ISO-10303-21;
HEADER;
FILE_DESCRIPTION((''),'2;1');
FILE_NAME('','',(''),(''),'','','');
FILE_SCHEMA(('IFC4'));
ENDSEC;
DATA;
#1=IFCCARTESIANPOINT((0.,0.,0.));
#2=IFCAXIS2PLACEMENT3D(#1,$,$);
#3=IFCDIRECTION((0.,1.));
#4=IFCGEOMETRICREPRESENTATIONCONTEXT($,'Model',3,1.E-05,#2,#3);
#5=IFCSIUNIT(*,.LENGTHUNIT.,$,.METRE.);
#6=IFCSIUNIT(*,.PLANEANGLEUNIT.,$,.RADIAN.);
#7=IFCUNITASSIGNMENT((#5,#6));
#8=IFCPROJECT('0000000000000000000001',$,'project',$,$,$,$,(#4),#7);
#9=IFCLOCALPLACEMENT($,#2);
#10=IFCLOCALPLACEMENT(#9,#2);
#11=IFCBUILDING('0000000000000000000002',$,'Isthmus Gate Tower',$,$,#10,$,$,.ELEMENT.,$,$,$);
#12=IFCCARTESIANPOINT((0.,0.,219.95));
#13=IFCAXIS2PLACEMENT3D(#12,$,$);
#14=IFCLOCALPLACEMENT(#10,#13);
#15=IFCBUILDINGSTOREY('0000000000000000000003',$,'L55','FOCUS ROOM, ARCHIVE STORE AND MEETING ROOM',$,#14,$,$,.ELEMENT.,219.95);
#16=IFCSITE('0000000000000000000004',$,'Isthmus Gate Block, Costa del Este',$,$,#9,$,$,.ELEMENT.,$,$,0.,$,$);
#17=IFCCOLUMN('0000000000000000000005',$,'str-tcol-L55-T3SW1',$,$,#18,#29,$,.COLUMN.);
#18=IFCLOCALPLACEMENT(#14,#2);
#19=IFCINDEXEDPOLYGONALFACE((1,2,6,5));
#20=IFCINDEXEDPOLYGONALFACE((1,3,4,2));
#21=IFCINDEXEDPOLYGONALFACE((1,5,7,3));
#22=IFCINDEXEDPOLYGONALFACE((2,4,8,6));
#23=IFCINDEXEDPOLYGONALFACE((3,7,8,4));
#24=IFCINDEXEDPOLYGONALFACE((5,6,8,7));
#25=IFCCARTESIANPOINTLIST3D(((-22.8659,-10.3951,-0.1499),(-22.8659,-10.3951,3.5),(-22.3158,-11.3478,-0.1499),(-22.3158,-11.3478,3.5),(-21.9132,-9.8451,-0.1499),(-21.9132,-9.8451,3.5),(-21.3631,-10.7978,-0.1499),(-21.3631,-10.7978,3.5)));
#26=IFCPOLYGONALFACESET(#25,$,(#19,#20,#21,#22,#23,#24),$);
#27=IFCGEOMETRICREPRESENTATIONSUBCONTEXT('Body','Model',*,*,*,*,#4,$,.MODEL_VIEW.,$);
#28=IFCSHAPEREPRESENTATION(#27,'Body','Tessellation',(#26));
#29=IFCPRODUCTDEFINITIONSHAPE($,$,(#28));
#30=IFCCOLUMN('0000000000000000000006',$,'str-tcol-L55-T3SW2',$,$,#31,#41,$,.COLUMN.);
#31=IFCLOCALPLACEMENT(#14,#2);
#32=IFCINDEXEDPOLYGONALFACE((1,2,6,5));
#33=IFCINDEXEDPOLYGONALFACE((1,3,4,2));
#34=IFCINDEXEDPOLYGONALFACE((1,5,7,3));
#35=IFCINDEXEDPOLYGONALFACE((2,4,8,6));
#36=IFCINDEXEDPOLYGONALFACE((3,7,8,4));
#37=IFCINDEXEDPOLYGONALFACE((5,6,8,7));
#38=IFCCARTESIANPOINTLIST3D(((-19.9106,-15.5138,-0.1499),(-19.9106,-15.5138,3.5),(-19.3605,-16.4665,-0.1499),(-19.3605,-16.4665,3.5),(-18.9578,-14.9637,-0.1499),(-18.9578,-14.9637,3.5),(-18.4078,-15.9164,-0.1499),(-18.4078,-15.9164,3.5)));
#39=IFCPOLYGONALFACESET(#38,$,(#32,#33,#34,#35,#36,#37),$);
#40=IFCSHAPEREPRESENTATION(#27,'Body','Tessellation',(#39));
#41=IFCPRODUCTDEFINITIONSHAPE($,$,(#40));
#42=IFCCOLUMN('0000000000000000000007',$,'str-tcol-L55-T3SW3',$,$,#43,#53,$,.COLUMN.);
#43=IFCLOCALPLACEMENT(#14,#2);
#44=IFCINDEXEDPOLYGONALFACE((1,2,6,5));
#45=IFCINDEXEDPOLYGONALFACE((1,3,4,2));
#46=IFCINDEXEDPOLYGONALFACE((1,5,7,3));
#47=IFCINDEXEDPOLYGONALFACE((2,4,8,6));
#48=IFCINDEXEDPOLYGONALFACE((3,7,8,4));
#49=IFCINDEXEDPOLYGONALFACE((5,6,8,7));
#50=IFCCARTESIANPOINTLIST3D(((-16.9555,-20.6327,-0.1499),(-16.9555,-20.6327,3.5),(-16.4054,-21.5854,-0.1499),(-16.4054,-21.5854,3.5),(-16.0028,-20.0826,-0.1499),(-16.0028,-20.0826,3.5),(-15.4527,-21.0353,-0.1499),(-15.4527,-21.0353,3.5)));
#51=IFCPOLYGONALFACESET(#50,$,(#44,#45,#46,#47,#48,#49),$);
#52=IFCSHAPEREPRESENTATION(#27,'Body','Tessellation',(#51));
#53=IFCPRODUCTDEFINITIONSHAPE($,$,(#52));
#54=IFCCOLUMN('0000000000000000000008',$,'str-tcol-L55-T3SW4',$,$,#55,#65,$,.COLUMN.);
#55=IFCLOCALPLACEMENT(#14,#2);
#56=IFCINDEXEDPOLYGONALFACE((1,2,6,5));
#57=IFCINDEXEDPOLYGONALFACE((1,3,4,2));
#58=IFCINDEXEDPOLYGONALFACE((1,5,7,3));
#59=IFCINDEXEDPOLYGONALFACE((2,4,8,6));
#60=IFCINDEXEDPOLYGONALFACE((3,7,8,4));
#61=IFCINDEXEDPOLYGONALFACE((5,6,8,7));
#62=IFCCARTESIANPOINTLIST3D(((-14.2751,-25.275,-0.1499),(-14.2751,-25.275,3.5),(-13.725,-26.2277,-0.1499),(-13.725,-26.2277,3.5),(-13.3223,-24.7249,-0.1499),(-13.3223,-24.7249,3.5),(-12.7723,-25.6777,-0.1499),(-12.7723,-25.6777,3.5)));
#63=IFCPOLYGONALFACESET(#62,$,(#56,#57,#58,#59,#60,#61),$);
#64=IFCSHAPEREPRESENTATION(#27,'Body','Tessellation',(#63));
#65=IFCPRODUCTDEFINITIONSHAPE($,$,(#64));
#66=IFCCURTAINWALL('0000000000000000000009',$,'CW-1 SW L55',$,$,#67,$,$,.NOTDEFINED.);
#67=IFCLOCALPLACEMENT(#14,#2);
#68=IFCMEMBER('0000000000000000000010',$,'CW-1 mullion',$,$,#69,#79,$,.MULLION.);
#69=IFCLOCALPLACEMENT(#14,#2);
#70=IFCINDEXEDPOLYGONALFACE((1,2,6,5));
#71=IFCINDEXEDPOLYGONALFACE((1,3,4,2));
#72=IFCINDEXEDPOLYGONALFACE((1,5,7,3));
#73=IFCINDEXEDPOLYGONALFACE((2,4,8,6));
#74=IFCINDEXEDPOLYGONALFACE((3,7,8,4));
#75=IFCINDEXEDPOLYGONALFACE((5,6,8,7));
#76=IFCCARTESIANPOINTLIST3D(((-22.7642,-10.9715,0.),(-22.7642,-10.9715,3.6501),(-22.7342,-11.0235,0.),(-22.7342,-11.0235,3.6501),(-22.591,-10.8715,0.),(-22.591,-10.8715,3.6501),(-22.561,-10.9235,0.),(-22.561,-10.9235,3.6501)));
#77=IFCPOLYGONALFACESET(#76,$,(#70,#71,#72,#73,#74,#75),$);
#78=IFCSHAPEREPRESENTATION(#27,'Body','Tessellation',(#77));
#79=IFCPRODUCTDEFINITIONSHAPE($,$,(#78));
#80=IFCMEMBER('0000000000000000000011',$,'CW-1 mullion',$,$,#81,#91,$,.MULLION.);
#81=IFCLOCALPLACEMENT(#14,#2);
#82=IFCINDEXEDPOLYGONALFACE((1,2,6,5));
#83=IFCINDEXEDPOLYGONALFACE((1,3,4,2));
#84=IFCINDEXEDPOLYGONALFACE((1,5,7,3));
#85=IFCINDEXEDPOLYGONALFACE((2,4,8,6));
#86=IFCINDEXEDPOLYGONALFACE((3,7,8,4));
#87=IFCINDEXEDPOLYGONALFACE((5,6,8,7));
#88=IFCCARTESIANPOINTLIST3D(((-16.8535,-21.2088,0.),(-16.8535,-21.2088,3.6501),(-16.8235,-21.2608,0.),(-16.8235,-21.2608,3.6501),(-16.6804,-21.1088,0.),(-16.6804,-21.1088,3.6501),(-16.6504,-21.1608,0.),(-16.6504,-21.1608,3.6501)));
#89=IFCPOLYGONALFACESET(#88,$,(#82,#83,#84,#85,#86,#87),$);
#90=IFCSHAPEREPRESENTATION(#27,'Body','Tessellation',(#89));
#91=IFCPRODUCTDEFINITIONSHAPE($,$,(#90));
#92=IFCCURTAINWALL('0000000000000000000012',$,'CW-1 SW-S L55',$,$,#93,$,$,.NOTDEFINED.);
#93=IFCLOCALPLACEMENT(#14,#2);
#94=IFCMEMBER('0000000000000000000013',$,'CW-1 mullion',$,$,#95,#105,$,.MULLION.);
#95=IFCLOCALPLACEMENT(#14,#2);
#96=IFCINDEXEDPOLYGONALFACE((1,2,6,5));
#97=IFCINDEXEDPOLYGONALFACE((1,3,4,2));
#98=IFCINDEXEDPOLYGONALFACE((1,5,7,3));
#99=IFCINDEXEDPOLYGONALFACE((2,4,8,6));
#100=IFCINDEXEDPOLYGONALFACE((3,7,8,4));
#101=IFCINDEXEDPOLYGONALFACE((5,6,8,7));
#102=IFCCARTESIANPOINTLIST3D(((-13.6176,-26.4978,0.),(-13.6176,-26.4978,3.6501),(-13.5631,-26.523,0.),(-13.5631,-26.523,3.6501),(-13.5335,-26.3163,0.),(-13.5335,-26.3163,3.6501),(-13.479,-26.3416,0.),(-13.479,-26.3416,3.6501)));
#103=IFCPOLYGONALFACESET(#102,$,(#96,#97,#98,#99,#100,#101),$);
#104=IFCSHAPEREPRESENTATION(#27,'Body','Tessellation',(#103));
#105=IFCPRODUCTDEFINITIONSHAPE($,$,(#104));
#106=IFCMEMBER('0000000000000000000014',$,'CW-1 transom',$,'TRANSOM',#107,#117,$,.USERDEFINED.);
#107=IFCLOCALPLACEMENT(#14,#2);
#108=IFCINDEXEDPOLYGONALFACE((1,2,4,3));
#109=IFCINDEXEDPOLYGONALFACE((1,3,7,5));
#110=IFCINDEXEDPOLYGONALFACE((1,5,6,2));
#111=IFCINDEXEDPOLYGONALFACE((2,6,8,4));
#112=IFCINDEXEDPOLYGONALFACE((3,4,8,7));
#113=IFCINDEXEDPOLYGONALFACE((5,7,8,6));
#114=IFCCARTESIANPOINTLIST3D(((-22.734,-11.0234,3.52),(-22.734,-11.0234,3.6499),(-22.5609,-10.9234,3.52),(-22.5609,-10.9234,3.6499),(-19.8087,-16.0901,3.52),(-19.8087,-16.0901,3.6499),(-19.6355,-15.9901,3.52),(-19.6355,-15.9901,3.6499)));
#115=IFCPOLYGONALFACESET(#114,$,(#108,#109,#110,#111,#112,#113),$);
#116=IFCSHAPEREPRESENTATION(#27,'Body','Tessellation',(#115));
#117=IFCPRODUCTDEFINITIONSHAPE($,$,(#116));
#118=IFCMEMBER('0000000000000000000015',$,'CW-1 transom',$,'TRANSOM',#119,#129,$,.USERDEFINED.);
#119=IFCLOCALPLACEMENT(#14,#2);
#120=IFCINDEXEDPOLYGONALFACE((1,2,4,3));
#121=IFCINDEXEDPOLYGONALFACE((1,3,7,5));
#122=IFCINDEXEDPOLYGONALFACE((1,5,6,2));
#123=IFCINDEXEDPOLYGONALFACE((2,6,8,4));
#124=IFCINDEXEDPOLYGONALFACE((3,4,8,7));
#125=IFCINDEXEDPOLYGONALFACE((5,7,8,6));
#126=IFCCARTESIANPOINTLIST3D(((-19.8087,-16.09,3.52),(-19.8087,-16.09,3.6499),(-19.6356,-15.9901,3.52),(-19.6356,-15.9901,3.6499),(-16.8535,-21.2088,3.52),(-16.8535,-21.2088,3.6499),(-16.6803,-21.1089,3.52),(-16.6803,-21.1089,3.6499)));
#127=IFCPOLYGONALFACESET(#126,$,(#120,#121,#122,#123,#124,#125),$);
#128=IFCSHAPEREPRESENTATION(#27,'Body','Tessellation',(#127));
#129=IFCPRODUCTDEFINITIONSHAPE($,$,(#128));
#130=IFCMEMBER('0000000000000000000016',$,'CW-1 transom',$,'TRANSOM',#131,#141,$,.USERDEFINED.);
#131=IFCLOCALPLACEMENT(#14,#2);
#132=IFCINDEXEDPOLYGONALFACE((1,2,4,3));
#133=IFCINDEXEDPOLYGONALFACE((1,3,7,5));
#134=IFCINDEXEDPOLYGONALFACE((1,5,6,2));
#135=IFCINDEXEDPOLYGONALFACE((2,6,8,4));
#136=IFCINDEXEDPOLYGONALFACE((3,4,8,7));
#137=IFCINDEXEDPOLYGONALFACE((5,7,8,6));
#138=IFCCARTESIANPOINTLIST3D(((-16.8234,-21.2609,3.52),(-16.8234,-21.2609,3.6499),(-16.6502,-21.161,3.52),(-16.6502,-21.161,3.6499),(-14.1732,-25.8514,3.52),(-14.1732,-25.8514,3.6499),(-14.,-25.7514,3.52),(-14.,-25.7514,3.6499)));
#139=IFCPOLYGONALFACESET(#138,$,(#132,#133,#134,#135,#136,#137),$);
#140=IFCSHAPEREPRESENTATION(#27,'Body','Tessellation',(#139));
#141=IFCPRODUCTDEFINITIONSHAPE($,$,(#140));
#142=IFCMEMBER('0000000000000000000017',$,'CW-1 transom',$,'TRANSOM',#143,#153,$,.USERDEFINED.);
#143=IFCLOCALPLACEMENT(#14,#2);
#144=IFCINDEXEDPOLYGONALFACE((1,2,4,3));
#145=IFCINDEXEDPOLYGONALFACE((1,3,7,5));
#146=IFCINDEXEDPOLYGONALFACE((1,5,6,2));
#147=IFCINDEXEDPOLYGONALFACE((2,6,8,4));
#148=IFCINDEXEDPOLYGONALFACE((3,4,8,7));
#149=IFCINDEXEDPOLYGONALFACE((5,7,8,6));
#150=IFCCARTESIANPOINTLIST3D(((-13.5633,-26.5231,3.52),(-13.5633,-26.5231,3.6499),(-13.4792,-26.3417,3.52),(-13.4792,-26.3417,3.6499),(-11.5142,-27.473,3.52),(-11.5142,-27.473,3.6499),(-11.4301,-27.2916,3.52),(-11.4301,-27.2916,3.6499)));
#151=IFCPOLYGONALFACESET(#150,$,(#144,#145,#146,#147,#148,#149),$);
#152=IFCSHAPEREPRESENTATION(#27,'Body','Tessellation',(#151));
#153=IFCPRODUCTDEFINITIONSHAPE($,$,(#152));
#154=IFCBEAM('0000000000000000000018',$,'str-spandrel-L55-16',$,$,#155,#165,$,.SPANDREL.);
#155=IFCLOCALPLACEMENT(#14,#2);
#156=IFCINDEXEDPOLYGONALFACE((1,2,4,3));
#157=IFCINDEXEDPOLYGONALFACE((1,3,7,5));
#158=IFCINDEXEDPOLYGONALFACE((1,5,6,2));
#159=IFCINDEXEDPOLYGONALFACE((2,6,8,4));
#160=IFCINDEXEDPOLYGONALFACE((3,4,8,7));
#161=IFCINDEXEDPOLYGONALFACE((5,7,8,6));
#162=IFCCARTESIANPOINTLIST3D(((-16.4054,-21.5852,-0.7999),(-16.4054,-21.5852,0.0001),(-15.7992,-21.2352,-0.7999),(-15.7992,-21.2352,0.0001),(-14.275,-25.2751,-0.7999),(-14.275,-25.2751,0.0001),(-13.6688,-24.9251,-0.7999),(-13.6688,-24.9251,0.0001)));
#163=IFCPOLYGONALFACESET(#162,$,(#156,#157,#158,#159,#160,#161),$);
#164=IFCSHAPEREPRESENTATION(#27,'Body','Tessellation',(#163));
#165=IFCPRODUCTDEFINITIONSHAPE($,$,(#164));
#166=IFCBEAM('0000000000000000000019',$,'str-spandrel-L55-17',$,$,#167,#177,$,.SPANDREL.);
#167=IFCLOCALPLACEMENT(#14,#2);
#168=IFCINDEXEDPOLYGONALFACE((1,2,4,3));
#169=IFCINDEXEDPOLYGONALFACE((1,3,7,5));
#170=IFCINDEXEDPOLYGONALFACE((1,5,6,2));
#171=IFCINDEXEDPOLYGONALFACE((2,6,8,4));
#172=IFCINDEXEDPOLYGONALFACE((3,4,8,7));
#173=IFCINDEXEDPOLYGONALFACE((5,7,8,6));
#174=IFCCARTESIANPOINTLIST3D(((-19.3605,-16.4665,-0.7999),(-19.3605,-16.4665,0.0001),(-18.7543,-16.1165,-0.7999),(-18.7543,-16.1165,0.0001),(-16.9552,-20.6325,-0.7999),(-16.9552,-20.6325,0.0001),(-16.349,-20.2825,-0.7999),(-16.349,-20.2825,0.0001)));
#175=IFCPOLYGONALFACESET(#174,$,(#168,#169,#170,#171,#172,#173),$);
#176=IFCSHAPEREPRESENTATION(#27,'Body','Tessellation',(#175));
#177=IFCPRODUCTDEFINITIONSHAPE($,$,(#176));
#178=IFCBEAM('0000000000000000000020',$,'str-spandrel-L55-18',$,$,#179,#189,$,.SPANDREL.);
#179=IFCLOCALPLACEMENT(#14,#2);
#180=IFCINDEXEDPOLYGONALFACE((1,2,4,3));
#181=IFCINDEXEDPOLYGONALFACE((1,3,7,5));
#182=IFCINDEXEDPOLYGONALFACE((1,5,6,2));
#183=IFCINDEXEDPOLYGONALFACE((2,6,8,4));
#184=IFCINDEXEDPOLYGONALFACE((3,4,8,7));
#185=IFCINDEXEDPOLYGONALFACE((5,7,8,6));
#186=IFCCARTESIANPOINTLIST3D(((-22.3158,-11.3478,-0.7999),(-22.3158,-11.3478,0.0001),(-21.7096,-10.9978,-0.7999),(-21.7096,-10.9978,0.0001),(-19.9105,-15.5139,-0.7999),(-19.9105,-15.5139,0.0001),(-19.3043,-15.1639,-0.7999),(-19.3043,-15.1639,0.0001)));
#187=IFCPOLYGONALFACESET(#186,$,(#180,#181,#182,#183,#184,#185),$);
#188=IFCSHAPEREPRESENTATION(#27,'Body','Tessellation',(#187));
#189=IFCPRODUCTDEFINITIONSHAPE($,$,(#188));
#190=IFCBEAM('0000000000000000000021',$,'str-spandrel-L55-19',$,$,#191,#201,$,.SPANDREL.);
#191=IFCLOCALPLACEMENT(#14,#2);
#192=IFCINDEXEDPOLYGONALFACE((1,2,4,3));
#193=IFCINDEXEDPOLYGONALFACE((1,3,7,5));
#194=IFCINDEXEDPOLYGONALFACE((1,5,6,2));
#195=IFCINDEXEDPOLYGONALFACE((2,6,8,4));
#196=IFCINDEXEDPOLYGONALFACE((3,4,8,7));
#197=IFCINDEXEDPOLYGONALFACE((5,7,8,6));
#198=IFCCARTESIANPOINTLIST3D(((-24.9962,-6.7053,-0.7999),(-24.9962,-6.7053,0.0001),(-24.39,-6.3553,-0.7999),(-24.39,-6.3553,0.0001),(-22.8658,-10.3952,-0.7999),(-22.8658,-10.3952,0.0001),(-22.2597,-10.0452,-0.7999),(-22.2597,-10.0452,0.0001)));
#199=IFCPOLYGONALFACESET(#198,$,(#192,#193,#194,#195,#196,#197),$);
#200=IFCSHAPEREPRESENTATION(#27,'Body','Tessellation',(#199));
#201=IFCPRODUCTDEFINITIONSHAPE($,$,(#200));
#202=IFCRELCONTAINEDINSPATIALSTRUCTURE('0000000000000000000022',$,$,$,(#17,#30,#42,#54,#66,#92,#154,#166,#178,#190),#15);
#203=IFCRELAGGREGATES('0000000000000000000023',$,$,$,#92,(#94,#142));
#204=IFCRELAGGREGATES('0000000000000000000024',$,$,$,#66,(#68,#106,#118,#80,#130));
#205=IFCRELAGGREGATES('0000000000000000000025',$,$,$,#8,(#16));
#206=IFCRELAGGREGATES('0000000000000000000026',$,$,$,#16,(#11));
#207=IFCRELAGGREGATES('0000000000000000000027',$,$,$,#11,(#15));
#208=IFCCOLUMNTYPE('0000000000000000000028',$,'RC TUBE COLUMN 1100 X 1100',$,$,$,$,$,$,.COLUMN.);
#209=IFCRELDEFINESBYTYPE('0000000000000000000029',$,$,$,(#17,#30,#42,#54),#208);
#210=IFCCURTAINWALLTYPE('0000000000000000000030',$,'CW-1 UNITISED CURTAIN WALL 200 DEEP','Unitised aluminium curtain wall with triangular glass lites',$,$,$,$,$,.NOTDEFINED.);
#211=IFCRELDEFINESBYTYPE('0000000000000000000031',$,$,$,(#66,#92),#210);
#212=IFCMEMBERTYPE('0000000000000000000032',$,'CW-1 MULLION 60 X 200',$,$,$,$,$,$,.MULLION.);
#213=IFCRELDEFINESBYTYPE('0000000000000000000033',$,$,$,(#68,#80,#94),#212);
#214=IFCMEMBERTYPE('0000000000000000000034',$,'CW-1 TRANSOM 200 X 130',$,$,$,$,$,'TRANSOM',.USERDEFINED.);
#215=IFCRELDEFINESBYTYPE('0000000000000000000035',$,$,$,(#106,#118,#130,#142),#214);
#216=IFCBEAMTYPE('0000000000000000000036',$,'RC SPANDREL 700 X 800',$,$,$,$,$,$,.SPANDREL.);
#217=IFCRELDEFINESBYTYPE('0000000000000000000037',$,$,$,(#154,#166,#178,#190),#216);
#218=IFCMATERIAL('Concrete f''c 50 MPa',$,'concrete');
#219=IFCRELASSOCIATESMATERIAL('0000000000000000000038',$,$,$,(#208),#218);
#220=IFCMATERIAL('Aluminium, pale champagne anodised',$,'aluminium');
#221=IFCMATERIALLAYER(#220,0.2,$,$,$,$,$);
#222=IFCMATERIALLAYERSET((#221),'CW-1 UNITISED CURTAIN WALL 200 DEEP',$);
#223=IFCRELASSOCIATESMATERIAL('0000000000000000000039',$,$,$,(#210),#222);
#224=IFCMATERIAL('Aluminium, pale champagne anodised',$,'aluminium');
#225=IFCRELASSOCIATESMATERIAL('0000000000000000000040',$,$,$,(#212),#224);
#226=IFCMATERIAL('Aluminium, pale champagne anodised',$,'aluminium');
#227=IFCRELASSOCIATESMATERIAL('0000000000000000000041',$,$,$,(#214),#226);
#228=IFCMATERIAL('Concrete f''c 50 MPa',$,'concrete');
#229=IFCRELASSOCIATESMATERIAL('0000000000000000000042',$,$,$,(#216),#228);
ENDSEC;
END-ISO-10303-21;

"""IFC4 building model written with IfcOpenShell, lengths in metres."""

from ifc_helpers import new_model, si_unit, direction, frame, origin, origin_2d, place, context, subcontext, project, spatial, rectangle, extrude, material, layer, layer_set, material_profile, profile_set, type_object, element, aggregate, save


model = new_model("IFC4")

# Units and contexts
model_context = context("Model", 3, precision=1e-05, world=origin(), true_north=direction((0.0, 1.0)))
body_context = subcontext(model_context, "Body", "Model", "MODEL_VIEW")
ifc_project = project(units=[si_unit("LENGTHUNIT", "METRE"), si_unit("PLANEANGLEUNIT", "RADIAN")], contexts=[model_context])

# Site, building, storey
site_placement = place(None, origin())
site = spatial("IfcSite", under=ifc_project, at=site_placement, Name="Isthmus Gate Block, Costa del Este", CompositionType="ELEMENT", RefElevation=0.0)
building_placement = place(site_placement, origin())
building = spatial("IfcBuilding", under=site, at=building_placement, Name="Isthmus Gate Tower", CompositionType="ELEMENT")
storey_placement = place(building_placement, frame((0.0, 0.0, 219.95)))
storey = spatial("IfcBuildingStorey", under=building, at=storey_placement, Name="L55", Description="FOCUS ROOM, ARCHIVE STORE AND MEETING ROOM", CompositionType="ELEMENT", Elevation=219.95)

# Columns
ifc_material_1 = material(Name="Concrete f'c 50 MPa", Category="concrete")
ifc_material_profile_1 = material_profile(ifc_material_1, rectangle(XDim=1.1001, YDim=1.1001, at=origin_2d()), Name="RC 1100X1100")
ifc_profile_set_1 = profile_set([ifc_material_profile_1], Name="Concrete f'c 50 MPa")
column_type = type_object("IfcColumnType", Name="RC TUBE COLUMN 1100 X 1100", PredefinedType="COLUMN", material=ifc_profile_set_1)
for number, where, z_axis, x_axis, name in (
    (1, (-22.1145, -10.5964, -0.1499), (0.0, 0.0, 1.0), (0.5, -0.866025, 0.0), "str-tcol-L55-T3SW1"),
    (2, (-19.1592, -15.7151, -0.1499), (0.0, 0.0, 1.0), (0.5, -0.866025, 0.0), "str-tcol-L55-T3SW2"),
    (3, (-16.2041, -20.834, -0.1499), (0.0, 0.0, 1.0), (0.5, -0.866025, 0.0), "str-tcol-L55-T3SW3"),
    (4, (-13.5237, -25.4763, -0.1499), (0.0, 0.0, 1.0), (0.5, -0.866025, 0.0), "str-tcol-L55-T3SW4"),
):
    element("IfcColumn", number, at=place(storey_placement, frame(where, z_axis=z_axis, x_axis=x_axis)), inside=storey, type_object=column_type, Name=name, PredefinedType="COLUMN", context=body_context, shape_type="SweptSolid", body=[
        extrude(rectangle(XDim=1.1001, YDim=1.1001, at=origin_2d()), origin(), (0.0, 0.0, 1.0), 3.6499),
    ])

# Curtain wall, members
ifc_material_2 = material(Name="Aluminium, pale champagne anodised", Category="aluminium")
ifc_layer_1 = layer(ifc_material_2, 0.2)
ifc_layer_set_1 = layer_set([ifc_layer_1], Name="CW-1 UNITISED CURTAIN WALL 200 DEEP")
curtain_wall_type = type_object("IfcCurtainWallType", Name="CW-1 UNITISED CURTAIN WALL 200 DEEP", Description="Unitised aluminium curtain wall with triangular glass lites", PredefinedType="NOTDEFINED", material=ifc_layer_set_1)
curtain_wall_1_placement = place(storey_placement, origin())
curtain_wall_1 = element("IfcCurtainWall", 5, at=curtain_wall_1_placement, inside=storey, type_object=curtain_wall_type, Name="CW-1 SW L55", PredefinedType="NOTDEFINED")
ifc_material_3 = material(Name="Aluminium, pale champagne anodised", Category="aluminium")
ifc_material_profile_2 = material_profile(ifc_material_3, rectangle(XDim=0.0601, YDim=0.2, at=origin_2d()), Name="60x200")
ifc_profile_set_2 = profile_set([ifc_material_profile_2], Name="Aluminium, pale champagne anodised")
member_type_1 = type_object("IfcMemberType", Name="CW-1 MULLION 60 X 200", PredefinedType="MULLION", material=ifc_profile_set_2)
member_1_placement = place(storey_placement, frame((-22.6626, -10.9475, 0.0), z_axis=(0.0, 0.0, 1.0), x_axis=(0.5, -0.866025, 0.0)))
member_1 = element("IfcMember", 6, at=member_1_placement, type_object=member_type_1, Name="CW-1 mullion", PredefinedType="MULLION", context=body_context, shape_type="SweptSolid", body=[
    extrude(rectangle(XDim=0.0601, YDim=0.2, at=origin_2d()), origin(), (0.0, 0.0, 1.0), 3.6501),
])
member_2_placement = place(storey_placement, frame((-16.752, -21.1848, 0.0), z_axis=(0.0, 0.0, 1.0), x_axis=(0.5, -0.866025, 0.0)))
member_2 = element("IfcMember", 7, at=member_2_placement, type_object=member_type_1, Name="CW-1 mullion", PredefinedType="MULLION", context=body_context, shape_type="SweptSolid", body=[
    extrude(rectangle(XDim=0.0601, YDim=0.2, at=origin_2d()), origin(), (0.0, 0.0, 1.0), 3.6501),
])

# Curtain wall, member
curtain_wall_2_placement = place(storey_placement, origin())
curtain_wall_2 = element("IfcCurtainWall", 8, at=curtain_wall_2_placement, inside=storey, type_object=curtain_wall_type, Name="CW-1 SW-S L55", PredefinedType="NOTDEFINED")
member_3_placement = place(storey_placement, frame((-13.5483, -26.4197, 0.0), z_axis=(0.0, 0.0, 1.0), x_axis=(0.907256, -0.420578, 0.0)))
member_3 = element("IfcMember", 9, at=member_3_placement, type_object=member_type_1, Name="CW-1 mullion", PredefinedType="MULLION", context=body_context, shape_type="SweptSolid", body=[
    extrude(rectangle(XDim=0.0601, YDim=0.2, at=origin_2d()), origin(), (0.0, 0.0, 1.0), 3.6501),
])

# Members
ifc_material_4 = material(Name="Aluminium, pale champagne anodised", Category="aluminium")
ifc_material_profile_3 = material_profile(ifc_material_4, rectangle(XDim=0.2, YDim=0.1299, at=origin_2d()), Name="200x130")
ifc_profile_set_3 = profile_set([ifc_material_profile_3], Name="Aluminium, pale champagne anodised")
member_type_2 = type_object("IfcMemberType", Name="CW-1 TRANSOM 200 X 130", ElementType="TRANSOM", PredefinedType="USERDEFINED", material=ifc_profile_set_3)
member_4_placement = place(storey_placement, frame((-22.6475, -10.9734, 3.585), z_axis=(0.500008, -0.866021, 0.0), x_axis=(0.866021, 0.500008, 0.0)))
member_4 = element("IfcMember", 10, at=member_4_placement, type_object=member_type_2, Name="CW-1 transom", ObjectType="TRANSOM", PredefinedType="USERDEFINED", context=body_context, shape_type="SweptSolid", body=[
    extrude(rectangle(XDim=0.2, YDim=0.1299, at=origin_2d()), origin(), (0.0, 0.0, 1.0), 5.8506),
])
member_5_placement = place(storey_placement, frame((-19.7222, -16.04, 3.585), z_axis=(0.499991, -0.866031, 0.0), x_axis=(0.866031, 0.499991, 0.0)))
member_5 = element("IfcMember", 11, at=member_5_placement, type_object=member_type_2, Name="CW-1 transom", ObjectType="TRANSOM", PredefinedType="USERDEFINED", context=body_context, shape_type="SweptSolid", body=[
    extrude(rectangle(XDim=0.2, YDim=0.1299, at=origin_2d()), origin(), (0.0, 0.0, 1.0), 5.9106),
])
member_6_placement = place(storey_placement, frame((-16.7368, -21.2109, 3.585), z_axis=(0.499988, -0.866032, 0.0), x_axis=(0.866032, 0.499988, 0.0)))
member_6 = element("IfcMember", 12, at=member_6_placement, type_object=member_type_2, Name="CW-1 transom", ObjectType="TRANSOM", PredefinedType="USERDEFINED", context=body_context, shape_type="SweptSolid", body=[
    extrude(rectangle(XDim=0.2, YDim=0.1299, at=origin_2d()), origin(), (0.0, 0.0, 1.0), 5.3005),
])
member_7_placement = place(storey_placement, frame((-13.5212, -26.4324, 3.585), z_axis=(0.907246, -0.4206, 0.0), x_axis=(0.4206, 0.907246, 0.0)))
member_7 = element("IfcMember", 13, at=member_7_placement, type_object=member_type_2, Name="CW-1 transom", ObjectType="TRANSOM", PredefinedType="USERDEFINED", context=body_context, shape_type="SweptSolid", body=[
    extrude(rectangle(XDim=0.2, YDim=0.1299, at=origin_2d()), origin(), (0.0, 0.0, 1.0), 2.2585),
])
aggregate(curtain_wall_2, [member_3, member_7])

# Beams
ifc_material_5 = material(Name="Concrete f'c 50 MPa", Category="concrete")
ifc_material_profile_4 = material_profile(ifc_material_5, rectangle(XDim=0.7, YDim=0.8, at=origin_2d()), Name="RC 700X800")
ifc_profile_set_4 = profile_set([ifc_material_profile_4], Name="Concrete f'c 50 MPa")
beam_type_1 = type_object("IfcBeamType", Name="RC SPANDREL 700 X 800", PredefinedType="SPANDREL", material=ifc_profile_set_4)
beam_1_placement = place(storey_placement, frame((-13.9719, -25.1001, -0.3999), z_axis=(-0.499997, 0.866027, 0.0), x_axis=(-0.866027, -0.499997, 0.0)))
element("IfcBeam", 14, at=beam_1_placement, inside=storey, type_object=beam_type_1, Name="str-spandrel-L55-16", PredefinedType="SPANDREL", context=body_context, shape_type="SweptSolid", body=[
    extrude(rectangle(XDim=0.7, YDim=0.8, at=origin_2d()), origin(), (0.0, 0.0, 1.0), 4.2607),
])
for number, where, z_axis, x_axis, name in (
    (15, (-16.6521, -20.4575, -0.3999), (-0.500004, 0.866023, 0.0), (-0.866023, -0.500004, 0.0), "str-spandrel-L55-17"),
    (16, (-19.6074, -15.3389, -0.3999), (-0.500004, 0.866023, 0.0), (-0.866023, -0.500004, 0.0), "str-spandrel-L55-18"),
):
    element("IfcBeam", number, at=place(storey_placement, frame(where, z_axis=z_axis, x_axis=x_axis)), inside=storey, type_object=beam_type_1, Name=name, PredefinedType="SPANDREL", context=body_context, shape_type="SweptSolid", body=[
        extrude(rectangle(XDim=0.7, YDim=0.8, at=origin_2d()), origin(), (0.0, 0.0, 1.0), 4.8105),
    ])
beam_2_placement = place(storey_placement, frame((-22.5627, -10.2202, -0.3999), z_axis=(-0.499997, 0.866027, 0.0), x_axis=(-0.866027, -0.499997, 0.0)))
element("IfcBeam", 17, at=beam_2_placement, inside=storey, type_object=beam_type_1, Name="str-spandrel-L55-19", PredefinedType="SPANDREL", context=body_context, shape_type="SweptSolid", body=[
    extrude(rectangle(XDim=0.7, YDim=0.8, at=origin_2d()), origin(), (0.0, 0.0, 1.0), 4.2607),
])

aggregate(curtain_wall_1, [member_1, member_4, member_5, member_2, member_6])

save(model, "model.ifc")
